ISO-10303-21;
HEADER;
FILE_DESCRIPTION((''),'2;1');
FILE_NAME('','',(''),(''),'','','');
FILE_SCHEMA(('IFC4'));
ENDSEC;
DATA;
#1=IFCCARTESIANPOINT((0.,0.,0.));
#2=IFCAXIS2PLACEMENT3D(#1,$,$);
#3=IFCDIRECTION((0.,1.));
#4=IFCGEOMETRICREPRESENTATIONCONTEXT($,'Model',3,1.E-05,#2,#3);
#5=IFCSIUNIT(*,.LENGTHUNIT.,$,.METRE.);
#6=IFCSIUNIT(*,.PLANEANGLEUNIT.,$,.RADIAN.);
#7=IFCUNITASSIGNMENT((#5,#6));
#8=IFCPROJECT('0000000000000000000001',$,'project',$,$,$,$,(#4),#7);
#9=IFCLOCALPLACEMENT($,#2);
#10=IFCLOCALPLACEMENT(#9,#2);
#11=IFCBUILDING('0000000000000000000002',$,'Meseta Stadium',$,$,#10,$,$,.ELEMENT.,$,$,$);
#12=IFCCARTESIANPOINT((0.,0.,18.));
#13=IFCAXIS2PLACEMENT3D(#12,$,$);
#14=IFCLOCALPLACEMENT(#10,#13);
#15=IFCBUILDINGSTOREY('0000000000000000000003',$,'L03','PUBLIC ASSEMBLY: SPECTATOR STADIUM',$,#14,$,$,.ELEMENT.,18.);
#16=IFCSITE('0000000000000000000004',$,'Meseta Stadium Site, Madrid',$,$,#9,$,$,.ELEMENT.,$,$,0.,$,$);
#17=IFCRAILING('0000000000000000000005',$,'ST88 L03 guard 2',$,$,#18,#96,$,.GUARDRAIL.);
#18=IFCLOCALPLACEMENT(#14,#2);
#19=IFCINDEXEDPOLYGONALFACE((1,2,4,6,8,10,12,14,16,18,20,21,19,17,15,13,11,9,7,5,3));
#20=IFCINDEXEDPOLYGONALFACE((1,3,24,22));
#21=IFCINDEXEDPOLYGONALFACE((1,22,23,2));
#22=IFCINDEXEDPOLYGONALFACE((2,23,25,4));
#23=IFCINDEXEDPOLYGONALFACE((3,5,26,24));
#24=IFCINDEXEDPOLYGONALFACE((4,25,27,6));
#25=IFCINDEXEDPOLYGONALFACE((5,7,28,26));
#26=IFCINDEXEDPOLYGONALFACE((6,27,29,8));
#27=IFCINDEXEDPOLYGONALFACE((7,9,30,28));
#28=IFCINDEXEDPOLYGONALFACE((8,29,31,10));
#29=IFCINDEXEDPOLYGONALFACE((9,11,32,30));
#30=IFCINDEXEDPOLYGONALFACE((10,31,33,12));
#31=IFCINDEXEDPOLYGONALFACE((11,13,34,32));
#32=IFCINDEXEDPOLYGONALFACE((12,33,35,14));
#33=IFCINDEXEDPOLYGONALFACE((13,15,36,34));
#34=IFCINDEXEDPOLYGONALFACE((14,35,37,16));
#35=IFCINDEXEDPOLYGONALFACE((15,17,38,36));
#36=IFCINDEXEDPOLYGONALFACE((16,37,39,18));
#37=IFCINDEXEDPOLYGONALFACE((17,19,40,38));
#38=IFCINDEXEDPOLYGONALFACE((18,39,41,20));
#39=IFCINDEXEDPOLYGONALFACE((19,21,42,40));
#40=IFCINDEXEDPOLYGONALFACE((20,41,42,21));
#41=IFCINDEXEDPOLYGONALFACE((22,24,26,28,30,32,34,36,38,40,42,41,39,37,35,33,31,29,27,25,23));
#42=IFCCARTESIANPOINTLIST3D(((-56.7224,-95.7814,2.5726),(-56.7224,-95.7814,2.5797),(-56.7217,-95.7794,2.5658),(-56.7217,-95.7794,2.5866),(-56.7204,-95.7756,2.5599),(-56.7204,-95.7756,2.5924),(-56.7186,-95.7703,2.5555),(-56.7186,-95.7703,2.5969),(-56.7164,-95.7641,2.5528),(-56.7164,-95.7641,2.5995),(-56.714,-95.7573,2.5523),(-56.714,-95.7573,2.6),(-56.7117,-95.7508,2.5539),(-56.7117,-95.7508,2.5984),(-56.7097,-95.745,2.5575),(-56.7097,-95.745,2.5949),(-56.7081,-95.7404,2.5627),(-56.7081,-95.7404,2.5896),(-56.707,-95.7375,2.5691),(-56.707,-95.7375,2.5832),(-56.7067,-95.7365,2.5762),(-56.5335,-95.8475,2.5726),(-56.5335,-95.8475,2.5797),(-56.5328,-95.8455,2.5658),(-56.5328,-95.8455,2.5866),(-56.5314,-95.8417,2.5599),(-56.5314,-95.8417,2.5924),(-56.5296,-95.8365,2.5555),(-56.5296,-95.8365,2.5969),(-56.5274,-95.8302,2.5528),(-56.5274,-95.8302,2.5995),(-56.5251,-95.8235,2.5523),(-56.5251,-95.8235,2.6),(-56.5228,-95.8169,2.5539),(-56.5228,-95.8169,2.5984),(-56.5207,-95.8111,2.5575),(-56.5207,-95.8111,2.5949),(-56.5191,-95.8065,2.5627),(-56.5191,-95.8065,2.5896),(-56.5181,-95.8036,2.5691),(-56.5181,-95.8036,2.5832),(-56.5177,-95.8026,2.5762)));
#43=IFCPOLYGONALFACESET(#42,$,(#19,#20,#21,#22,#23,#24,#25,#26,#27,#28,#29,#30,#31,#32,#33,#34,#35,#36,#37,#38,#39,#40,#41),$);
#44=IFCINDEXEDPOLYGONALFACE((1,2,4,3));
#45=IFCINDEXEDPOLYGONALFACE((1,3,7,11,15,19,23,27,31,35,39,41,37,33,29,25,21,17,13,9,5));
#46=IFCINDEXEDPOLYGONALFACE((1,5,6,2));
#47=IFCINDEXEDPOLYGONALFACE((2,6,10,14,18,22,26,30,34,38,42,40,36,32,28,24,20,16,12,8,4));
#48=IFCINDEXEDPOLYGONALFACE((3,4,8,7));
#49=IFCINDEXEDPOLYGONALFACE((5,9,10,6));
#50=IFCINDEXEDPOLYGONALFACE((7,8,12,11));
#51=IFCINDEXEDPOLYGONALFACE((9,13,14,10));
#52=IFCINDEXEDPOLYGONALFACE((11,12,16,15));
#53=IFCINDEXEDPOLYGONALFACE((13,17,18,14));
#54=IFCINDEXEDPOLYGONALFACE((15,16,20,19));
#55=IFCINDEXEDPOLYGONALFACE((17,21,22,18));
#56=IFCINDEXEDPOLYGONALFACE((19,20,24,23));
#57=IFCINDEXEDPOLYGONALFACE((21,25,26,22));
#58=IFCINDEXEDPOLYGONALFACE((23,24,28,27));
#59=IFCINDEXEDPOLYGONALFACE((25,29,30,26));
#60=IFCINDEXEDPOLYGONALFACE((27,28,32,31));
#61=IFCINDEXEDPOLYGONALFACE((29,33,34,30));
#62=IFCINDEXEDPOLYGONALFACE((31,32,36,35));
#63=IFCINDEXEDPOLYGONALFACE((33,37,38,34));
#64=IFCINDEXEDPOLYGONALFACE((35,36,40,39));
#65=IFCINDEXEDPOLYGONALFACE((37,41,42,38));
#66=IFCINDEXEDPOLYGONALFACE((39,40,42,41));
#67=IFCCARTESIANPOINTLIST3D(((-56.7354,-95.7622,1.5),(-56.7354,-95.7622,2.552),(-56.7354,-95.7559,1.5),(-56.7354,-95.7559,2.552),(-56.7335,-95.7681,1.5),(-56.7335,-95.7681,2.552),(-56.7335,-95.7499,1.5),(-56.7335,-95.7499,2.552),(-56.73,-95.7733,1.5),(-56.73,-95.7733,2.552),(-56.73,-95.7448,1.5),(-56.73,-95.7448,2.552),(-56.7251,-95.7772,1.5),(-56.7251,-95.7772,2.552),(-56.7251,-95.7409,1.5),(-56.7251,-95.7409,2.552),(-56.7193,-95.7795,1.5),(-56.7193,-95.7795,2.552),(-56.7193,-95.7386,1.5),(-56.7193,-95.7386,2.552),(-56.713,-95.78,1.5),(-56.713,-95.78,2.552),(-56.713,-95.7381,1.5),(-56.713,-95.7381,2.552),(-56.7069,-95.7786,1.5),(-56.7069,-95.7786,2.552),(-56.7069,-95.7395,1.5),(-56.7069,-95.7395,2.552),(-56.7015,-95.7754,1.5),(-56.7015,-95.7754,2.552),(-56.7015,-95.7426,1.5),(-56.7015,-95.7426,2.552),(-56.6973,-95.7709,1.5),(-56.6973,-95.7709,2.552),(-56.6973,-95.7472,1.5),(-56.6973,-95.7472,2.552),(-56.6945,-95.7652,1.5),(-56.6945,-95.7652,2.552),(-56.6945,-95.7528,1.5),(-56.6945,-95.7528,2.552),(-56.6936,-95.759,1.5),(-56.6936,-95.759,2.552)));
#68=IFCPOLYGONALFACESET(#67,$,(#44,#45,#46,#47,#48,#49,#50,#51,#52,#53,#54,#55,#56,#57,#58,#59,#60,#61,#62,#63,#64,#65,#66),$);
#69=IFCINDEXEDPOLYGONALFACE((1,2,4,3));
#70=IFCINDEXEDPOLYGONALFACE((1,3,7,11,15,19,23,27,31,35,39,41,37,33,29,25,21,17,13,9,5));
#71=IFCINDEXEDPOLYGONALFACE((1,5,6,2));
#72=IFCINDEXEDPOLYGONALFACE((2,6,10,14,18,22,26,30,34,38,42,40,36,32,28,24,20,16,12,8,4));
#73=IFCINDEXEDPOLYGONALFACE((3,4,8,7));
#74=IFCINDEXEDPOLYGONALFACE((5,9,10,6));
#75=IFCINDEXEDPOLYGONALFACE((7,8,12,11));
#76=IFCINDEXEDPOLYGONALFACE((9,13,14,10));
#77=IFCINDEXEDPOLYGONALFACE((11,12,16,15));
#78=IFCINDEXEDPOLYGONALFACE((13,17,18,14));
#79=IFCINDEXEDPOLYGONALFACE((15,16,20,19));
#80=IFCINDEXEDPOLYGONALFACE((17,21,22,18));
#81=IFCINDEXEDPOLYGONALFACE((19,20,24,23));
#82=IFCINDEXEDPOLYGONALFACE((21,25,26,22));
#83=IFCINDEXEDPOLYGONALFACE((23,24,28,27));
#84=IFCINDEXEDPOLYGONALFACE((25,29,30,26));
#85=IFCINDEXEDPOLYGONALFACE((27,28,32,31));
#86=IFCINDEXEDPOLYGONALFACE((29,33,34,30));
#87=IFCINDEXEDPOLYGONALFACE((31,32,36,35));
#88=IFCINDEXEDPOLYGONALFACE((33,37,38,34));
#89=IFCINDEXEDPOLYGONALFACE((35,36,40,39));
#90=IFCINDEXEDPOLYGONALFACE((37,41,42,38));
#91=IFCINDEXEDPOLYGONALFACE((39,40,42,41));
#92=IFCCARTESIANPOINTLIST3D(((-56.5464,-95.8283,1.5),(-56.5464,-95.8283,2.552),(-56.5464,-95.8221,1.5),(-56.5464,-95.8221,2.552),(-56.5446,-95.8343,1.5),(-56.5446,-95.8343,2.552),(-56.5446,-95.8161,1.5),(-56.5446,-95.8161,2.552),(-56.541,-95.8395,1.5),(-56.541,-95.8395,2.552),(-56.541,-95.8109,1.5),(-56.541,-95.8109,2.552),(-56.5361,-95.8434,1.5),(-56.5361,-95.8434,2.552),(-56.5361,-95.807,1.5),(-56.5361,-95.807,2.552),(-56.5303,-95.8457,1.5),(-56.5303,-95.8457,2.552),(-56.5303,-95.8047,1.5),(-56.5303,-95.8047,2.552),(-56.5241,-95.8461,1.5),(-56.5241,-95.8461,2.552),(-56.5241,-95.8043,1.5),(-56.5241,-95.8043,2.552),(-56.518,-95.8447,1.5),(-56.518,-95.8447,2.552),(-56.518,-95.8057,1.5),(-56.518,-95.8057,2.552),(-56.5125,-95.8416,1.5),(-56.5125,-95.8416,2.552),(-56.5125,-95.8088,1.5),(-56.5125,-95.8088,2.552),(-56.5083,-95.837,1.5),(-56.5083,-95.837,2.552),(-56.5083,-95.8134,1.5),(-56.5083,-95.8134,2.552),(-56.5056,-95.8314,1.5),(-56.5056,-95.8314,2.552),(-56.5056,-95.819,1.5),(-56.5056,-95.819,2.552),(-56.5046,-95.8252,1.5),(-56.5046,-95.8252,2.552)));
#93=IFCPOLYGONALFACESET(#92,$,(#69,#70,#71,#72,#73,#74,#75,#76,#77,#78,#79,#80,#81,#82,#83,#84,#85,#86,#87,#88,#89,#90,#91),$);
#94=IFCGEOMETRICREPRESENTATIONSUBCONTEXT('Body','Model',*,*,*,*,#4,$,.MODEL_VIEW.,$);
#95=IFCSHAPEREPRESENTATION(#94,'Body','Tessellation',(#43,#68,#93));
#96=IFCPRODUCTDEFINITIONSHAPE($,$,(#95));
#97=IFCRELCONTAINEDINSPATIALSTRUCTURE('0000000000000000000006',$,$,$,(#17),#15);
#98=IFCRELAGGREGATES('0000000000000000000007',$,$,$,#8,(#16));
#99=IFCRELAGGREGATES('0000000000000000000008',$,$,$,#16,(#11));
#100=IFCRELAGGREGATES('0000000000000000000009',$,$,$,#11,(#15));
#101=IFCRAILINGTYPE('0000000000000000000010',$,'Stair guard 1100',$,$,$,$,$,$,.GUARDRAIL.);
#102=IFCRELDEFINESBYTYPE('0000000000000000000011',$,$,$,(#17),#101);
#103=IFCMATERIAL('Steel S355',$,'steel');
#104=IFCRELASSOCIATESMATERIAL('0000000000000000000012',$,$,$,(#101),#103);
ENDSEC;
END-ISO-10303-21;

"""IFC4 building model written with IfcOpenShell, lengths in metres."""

from ifc_helpers import new_model, si_unit, direction, frame, origin, origin_2d, place, context, subcontext, project, spatial, circle, extrude, material, type_object, element, save


model = new_model("IFC4")

# Units and contexts
model_context = context("Model", 3, precision=1e-05, world=origin(), true_north=direction((0.0, 1.0)))
body_context = subcontext(model_context, "Body", "Model", "MODEL_VIEW")
ifc_project = project(units=[si_unit("LENGTHUNIT", "METRE"), si_unit("PLANEANGLEUNIT", "RADIAN")], contexts=[model_context])

# Site, building, storey
site_placement = place(None, origin())
site = spatial("IfcSite", under=ifc_project, at=site_placement, Name="Meseta Stadium Site, Madrid", CompositionType="ELEMENT", RefElevation=0.0)
building_placement = place(site_placement, origin())
building = spatial("IfcBuilding", under=site, at=building_placement, Name="Meseta Stadium", CompositionType="ELEMENT")
storey_placement = place(building_placement, frame((0.0, 0.0, 18.0)))
storey = spatial("IfcBuildingStorey", under=building, at=storey_placement, Name="L03", Description="PUBLIC ASSEMBLY: SPECTATOR STADIUM", CompositionType="ELEMENT", Elevation=18.0)

# Railing
ifc_material_1 = material(Name="Steel S355", Category="steel")
railing_type_1 = type_object("IfcRailingType", Name="Stair guard 1100", PredefinedType="GUARDRAIL", material=ifc_material_1)
railing_1_placement = place(storey_placement, frame((-56.7146, -95.759, 1.5)))
element("IfcRailing", 1, at=railing_1_placement, inside=storey, type_object=railing_type_1, Name="ST88 L03 guard 2", PredefinedType="GUARDRAIL", context=body_context, shape_type="SweptSolid", body=[
    extrude(circle(Radius=0.0239, at=origin_2d()), frame((0.0, 0.0, 1.0762), z_axis=(0.94382, -0.330459, 0.0), x_axis=(0.330459, 0.94382, 0.0)), (0.0, 0.0, 1.0), 0.2002),
    extrude(circle(Radius=0.021, at=origin_2d()), origin(), (0.0, 0.0, 1.0), 1.052),
    extrude(circle(Radius=0.021, at=origin_2d()), frame((0.189, -0.0662, 0.0)), (0.0, 0.0, 1.0), 1.052),
])

save(model, "model.ifc")
